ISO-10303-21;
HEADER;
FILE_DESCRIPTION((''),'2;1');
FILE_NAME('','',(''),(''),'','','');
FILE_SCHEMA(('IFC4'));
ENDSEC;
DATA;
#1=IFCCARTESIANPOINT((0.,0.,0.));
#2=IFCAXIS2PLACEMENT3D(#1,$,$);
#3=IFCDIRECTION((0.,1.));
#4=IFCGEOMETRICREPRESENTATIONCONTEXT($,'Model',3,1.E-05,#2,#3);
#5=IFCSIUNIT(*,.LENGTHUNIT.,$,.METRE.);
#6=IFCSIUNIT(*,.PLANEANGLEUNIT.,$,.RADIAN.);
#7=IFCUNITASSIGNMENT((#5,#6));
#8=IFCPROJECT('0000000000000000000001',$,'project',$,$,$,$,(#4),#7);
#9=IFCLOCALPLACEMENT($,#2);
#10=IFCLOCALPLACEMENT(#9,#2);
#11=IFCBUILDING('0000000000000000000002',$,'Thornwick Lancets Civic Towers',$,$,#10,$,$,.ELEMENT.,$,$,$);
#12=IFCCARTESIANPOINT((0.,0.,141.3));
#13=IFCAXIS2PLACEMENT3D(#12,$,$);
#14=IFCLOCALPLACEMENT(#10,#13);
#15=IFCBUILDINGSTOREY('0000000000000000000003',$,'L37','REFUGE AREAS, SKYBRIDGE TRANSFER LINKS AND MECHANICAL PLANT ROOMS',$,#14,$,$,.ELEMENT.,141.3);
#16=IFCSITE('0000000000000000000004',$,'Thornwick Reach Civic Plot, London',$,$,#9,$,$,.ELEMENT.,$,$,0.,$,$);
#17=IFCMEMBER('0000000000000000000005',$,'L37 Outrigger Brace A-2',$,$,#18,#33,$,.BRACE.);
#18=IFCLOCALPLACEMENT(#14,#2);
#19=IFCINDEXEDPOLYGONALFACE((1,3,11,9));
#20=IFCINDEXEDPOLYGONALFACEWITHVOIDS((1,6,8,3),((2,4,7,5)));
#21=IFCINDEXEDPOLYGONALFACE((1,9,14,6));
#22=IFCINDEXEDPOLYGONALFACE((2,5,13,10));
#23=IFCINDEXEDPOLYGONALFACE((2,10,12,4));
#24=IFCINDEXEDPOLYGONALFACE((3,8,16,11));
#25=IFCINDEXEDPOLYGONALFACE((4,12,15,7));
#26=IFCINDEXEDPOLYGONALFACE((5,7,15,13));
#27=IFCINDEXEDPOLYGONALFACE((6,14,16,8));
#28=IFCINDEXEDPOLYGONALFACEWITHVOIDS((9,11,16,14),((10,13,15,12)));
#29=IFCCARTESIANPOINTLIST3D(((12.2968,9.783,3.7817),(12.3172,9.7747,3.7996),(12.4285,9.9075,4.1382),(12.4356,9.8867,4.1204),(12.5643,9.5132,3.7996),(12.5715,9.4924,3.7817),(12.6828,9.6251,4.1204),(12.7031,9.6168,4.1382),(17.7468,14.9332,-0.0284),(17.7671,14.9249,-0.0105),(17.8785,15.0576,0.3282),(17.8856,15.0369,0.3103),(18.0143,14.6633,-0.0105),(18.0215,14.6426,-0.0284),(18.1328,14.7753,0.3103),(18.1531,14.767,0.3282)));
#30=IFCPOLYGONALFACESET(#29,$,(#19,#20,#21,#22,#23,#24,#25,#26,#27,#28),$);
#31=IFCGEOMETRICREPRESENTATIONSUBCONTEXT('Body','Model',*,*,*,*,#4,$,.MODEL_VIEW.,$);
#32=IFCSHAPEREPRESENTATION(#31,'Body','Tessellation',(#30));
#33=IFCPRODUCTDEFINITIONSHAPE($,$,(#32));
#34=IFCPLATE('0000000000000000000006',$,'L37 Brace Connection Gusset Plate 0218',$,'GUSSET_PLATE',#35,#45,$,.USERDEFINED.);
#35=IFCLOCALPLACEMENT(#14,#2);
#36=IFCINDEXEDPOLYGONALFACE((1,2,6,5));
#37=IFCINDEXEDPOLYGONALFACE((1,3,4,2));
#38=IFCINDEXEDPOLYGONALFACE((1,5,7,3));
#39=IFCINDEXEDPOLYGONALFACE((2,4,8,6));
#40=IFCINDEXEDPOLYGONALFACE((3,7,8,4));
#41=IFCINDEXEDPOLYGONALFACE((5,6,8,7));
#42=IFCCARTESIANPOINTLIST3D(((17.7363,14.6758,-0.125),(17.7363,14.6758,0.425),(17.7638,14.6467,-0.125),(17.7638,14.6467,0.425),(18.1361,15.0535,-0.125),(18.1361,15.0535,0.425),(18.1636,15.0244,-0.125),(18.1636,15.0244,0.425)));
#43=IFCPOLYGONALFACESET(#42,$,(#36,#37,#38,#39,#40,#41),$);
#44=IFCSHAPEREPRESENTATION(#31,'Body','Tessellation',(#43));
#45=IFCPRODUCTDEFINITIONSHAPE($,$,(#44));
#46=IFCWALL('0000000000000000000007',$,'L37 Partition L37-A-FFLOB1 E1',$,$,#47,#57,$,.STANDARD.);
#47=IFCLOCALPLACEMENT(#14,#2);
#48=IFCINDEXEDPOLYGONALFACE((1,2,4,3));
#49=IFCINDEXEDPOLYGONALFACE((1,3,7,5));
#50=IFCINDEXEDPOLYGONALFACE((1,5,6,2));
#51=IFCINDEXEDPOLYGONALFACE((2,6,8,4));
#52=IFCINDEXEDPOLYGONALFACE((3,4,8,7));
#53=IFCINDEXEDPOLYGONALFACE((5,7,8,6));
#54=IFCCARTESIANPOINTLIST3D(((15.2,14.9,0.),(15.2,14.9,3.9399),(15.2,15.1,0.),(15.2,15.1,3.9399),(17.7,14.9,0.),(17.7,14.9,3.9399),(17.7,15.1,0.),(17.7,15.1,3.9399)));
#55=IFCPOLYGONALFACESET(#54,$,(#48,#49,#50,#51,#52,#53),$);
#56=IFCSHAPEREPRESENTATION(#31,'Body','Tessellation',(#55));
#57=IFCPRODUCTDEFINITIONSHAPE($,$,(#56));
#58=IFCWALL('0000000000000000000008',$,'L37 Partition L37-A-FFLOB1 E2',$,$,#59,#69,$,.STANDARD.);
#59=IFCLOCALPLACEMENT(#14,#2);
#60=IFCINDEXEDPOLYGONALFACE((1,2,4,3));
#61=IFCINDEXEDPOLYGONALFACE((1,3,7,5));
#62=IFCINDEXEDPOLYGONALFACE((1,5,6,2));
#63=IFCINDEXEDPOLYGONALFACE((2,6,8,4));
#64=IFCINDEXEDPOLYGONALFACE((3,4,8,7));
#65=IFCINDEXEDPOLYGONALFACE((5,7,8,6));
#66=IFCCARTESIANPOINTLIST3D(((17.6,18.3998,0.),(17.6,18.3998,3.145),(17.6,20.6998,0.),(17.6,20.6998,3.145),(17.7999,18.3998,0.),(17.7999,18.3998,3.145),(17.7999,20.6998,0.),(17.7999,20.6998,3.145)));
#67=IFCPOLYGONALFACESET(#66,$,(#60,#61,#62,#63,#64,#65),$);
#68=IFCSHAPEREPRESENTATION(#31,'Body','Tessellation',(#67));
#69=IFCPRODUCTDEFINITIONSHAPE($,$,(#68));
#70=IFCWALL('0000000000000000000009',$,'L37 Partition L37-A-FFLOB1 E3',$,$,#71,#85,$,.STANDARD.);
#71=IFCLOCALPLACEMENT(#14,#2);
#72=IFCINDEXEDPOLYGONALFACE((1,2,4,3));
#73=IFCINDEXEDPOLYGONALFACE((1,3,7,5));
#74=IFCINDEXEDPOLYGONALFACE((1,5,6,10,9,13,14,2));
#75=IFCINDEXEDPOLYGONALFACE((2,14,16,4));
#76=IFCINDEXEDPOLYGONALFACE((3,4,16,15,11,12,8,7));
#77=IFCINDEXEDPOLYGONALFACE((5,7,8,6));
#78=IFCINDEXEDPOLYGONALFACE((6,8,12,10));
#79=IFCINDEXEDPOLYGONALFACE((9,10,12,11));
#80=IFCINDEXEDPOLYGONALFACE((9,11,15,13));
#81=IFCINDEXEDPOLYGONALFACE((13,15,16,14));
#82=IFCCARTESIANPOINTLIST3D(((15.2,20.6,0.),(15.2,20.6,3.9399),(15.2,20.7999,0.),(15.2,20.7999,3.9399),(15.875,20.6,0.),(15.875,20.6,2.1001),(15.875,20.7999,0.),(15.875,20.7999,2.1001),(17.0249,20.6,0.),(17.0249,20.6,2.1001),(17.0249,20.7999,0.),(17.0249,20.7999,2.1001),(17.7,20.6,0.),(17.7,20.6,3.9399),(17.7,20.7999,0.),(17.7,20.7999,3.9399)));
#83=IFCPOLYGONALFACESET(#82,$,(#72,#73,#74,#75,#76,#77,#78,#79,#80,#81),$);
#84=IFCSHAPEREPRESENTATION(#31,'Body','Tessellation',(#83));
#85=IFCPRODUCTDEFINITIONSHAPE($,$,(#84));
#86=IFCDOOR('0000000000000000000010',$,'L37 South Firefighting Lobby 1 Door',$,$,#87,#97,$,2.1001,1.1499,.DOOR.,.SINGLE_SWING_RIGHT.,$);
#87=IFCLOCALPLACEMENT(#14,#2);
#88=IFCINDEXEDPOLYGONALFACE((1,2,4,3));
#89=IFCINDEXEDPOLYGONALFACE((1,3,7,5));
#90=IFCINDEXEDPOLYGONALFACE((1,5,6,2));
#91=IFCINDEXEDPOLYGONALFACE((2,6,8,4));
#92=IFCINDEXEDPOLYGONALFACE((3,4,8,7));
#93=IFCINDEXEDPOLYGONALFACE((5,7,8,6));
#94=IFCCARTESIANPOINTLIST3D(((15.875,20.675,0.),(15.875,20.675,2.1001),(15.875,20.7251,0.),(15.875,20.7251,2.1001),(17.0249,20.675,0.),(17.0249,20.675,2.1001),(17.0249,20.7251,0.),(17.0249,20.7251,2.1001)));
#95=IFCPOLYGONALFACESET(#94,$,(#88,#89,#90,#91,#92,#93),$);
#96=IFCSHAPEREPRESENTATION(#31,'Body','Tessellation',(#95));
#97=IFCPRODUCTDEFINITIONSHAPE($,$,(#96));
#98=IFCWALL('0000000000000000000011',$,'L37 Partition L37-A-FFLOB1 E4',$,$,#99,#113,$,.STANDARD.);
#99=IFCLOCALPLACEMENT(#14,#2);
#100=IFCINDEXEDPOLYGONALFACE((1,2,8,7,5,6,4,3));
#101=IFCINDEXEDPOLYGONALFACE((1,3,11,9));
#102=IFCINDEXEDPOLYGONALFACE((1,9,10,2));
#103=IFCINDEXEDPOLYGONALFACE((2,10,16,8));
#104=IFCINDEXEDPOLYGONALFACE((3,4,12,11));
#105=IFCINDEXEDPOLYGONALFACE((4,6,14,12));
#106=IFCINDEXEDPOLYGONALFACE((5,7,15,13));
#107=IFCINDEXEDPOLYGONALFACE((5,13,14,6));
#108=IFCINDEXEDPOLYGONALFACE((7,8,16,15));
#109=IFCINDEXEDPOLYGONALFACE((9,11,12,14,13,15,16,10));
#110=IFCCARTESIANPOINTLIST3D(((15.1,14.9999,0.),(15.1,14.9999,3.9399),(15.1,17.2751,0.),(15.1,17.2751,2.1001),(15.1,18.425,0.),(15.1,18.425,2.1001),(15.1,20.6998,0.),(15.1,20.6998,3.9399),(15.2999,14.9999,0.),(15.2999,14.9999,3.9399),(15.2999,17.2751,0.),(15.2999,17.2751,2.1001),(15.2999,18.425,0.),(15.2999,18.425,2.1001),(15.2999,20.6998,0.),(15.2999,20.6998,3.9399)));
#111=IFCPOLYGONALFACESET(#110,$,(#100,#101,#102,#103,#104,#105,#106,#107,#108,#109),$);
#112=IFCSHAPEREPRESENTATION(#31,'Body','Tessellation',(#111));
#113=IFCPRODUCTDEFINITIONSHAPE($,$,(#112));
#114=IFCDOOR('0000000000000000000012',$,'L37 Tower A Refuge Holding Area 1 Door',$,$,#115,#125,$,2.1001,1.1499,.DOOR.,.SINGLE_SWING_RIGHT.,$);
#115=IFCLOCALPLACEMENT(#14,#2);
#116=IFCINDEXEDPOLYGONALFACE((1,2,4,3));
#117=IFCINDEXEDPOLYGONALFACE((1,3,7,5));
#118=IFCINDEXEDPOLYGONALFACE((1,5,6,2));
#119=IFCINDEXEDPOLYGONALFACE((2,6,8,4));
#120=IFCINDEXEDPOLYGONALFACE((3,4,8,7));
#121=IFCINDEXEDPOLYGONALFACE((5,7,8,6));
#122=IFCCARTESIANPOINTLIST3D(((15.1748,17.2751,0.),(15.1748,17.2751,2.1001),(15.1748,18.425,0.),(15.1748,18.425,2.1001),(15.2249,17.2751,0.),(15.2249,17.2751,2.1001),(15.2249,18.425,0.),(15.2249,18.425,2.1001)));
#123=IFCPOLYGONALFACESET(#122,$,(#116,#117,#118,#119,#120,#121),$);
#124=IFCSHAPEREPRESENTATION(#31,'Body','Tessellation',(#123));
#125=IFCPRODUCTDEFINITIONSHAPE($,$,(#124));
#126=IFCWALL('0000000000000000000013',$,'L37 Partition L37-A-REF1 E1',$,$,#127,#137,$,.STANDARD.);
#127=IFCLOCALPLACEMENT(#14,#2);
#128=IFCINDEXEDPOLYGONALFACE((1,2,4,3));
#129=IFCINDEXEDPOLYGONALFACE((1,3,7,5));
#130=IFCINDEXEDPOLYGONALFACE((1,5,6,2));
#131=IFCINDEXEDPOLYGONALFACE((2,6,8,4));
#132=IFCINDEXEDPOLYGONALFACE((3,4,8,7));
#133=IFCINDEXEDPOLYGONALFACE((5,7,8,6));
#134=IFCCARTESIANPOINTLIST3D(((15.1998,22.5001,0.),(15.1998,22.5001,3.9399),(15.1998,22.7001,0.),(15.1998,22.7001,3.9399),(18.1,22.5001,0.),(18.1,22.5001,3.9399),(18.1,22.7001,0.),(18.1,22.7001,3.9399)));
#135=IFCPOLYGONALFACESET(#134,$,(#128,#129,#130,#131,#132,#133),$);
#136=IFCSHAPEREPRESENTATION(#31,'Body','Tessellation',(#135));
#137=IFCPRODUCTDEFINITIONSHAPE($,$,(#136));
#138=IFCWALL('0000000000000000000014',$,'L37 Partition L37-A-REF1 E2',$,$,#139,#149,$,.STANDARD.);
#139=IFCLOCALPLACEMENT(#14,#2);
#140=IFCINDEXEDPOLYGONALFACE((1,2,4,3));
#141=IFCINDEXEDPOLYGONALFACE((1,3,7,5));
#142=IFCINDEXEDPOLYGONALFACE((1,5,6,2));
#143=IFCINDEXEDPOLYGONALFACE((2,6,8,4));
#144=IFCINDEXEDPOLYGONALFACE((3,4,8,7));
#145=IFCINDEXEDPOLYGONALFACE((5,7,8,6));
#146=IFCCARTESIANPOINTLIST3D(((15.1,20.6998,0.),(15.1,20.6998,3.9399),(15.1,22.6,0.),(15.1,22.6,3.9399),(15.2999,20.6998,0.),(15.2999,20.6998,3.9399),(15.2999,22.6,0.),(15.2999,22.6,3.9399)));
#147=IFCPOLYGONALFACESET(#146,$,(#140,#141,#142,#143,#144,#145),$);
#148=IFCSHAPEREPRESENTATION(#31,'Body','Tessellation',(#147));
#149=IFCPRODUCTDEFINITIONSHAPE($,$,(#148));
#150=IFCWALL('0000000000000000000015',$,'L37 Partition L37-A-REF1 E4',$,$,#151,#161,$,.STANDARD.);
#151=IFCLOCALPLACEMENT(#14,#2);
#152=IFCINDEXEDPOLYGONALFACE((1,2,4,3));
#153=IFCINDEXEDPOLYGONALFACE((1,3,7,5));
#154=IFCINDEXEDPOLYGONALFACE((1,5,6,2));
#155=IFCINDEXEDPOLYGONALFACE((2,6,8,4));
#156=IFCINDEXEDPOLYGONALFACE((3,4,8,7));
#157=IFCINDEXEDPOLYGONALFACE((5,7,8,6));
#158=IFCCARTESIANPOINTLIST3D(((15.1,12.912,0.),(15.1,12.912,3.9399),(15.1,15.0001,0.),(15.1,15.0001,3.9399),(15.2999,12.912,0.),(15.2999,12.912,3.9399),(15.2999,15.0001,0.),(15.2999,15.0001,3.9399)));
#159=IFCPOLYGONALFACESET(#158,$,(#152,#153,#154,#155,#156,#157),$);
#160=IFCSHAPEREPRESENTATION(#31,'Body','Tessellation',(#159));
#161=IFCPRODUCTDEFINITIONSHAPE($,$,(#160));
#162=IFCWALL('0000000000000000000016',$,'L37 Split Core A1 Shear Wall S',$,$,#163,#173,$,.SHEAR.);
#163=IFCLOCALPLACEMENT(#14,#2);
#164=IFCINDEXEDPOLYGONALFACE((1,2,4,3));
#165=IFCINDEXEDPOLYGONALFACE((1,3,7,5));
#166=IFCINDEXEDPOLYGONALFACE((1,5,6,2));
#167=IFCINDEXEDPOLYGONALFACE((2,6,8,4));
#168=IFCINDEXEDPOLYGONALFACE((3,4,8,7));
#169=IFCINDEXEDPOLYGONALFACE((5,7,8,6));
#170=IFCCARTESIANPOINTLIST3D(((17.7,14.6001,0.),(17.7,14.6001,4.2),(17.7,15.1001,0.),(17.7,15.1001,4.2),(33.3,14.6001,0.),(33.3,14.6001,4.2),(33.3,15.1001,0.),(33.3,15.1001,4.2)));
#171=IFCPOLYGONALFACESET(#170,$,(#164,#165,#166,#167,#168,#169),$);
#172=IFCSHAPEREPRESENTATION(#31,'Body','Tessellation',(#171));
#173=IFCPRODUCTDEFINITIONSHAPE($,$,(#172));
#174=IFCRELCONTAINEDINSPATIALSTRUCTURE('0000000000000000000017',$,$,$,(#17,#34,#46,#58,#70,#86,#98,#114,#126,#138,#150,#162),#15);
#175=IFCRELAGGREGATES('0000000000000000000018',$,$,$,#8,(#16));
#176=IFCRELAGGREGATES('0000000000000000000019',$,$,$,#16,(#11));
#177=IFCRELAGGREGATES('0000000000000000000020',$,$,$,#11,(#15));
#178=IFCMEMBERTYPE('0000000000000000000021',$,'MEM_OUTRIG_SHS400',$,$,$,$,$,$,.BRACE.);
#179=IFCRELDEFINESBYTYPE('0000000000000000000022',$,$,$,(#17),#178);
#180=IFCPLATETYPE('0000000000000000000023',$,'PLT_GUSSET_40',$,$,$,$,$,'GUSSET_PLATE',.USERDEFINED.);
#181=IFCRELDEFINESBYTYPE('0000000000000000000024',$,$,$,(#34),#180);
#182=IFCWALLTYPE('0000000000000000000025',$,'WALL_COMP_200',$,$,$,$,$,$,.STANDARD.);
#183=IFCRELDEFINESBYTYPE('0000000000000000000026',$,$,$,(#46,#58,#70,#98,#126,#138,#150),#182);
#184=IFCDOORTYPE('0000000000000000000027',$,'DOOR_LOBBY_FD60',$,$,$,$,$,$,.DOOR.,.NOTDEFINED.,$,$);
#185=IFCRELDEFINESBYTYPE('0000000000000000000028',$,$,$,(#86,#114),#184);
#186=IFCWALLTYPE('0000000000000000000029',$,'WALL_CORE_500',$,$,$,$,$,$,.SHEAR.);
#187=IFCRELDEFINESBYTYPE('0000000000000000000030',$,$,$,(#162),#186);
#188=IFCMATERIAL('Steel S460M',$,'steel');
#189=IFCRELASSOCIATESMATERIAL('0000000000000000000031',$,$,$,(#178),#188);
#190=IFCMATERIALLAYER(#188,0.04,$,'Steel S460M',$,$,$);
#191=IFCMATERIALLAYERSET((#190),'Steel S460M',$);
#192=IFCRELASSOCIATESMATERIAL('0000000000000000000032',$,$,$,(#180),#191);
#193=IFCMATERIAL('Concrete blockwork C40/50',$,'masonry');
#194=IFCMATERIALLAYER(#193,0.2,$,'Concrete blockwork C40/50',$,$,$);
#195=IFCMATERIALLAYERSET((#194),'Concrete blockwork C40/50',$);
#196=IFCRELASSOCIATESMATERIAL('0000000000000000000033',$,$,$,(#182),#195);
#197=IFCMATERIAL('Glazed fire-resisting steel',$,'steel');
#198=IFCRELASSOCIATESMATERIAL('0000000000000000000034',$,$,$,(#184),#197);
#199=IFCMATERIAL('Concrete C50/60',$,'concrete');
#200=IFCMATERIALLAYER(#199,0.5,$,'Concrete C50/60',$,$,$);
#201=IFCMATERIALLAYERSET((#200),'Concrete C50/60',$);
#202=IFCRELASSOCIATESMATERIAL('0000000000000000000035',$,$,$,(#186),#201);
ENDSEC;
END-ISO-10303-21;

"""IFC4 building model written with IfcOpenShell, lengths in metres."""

from ifc_helpers import new_model, si_unit, direction, frame, frame_2d, origin, origin_2d, place, context, subcontext, project, spatial, rectangle, hollow_rectangle, extrude, material, layer, layer_set, material_profile, profile_set, type_object, element, fill, save


model = new_model("IFC4")

# Units and contexts
model_context = context("Model", 3, precision=1e-05, world=origin(), true_north=direction((0.0, 1.0)))
body_context = subcontext(model_context, "Body", "Model", "MODEL_VIEW")
ifc_project = project(units=[si_unit("LENGTHUNIT", "METRE"), si_unit("PLANEANGLEUNIT", "RADIAN")], contexts=[model_context])

# Site, building, storey
site_placement = place(None, origin())
site = spatial("IfcSite", under=ifc_project, at=site_placement, Name="Thornwick Reach Civic Plot, London", CompositionType="ELEMENT", RefElevation=0.0)
building_placement = place(site_placement, origin())
building = spatial("IfcBuilding", under=site, at=building_placement, Name="Thornwick Lancets Civic Towers", CompositionType="ELEMENT")
storey_placement = place(building_placement, frame((0.0, 0.0, 141.3)))
storey = spatial("IfcBuildingStorey", under=building, at=storey_placement, Name="L37", Description="REFUGE AREAS, SKYBRIDGE TRANSFER LINKS AND MECHANICAL PLANT ROOMS", CompositionType="ELEMENT", Elevation=141.3)

# Shared definitions
ifc_material_1 = material(Name="Steel S460M", Category="steel")

# Member
ifc_material_profile_1 = material_profile(ifc_material_1, hollow_rectangle(XDim=0.3999, YDim=0.3999, WallThickness=0.02, at=origin_2d()), Name="SHS 400x400x20")
ifc_profile_set_1 = profile_set([ifc_material_profile_1], Name="Steel S460M")
member_type = type_object("IfcMemberType", Name="MEM_OUTRIG_SHS400", PredefinedType="BRACE", material=ifc_profile_set_1)
member_placement = place(storey_placement, frame((17.95, 14.8501, 0.1499), z_axis=(-0.647966, -0.612321, 0.452993), x_axis=(0.686833, -0.726815, 0.0)))
element("IfcMember", 1, at=member_placement, inside=storey, type_object=member_type, Name="L37 Outrigger Brace A-2", PredefinedType="BRACE", context=body_context, shape_type="SweptSolid", body=[
    extrude(hollow_rectangle(XDim=0.3999, YDim=0.3999, WallThickness=0.02, at=origin_2d()), origin(), (0.0, 0.0, 1.0), 8.4109),
])

# Plate
ifc_layer_1 = layer(ifc_material_1, 0.04, Name="Steel S460M")
ifc_layer_set_1 = layer_set([ifc_layer_1], Name="Steel S460M")
plate_type = type_object("IfcPlateType", Name="PLT_GUSSET_40", ElementType="GUSSET_PLATE", PredefinedType="USERDEFINED", material=ifc_layer_set_1)
plate_placement = place(storey_placement, frame((17.95, 14.8501, -0.125), z_axis=(0.0, 0.0, 1.0), x_axis=(-0.726814, -0.686834, 0.0)))
element("IfcPlate", 2, at=plate_placement, inside=storey, type_object=plate_type, Name="L37 Brace Connection Gusset Plate 0218", ObjectType="GUSSET_PLATE", PredefinedType="USERDEFINED", context=body_context, shape_type="SweptSolid", body=[
    extrude(rectangle(XDim=0.55, YDim=0.04, at=origin_2d()), origin(), (0.0, 0.0, 1.0), 0.55),
])

# Walls
ifc_material_2 = material(Name="Concrete blockwork C40/50", Category="masonry")
ifc_layer_2 = layer(ifc_material_2, 0.2, Name="Concrete blockwork C40/50")
ifc_layer_set_2 = layer_set([ifc_layer_2], Name="Concrete blockwork C40/50")
wall_type_1 = type_object("IfcWallType", Name="WALL_COMP_200", PredefinedType="STANDARD", material=ifc_layer_set_2)
wall_1_placement = place(storey_placement, frame((15.2, 15.0, 0.0), z_axis=(0.0, 0.0, 1.0), x_axis=(1.0, 0.0, 0.0)))
element("IfcWall", 3, at=wall_1_placement, inside=storey, type_object=wall_type_1, Name="L37 Partition L37-A-FFLOB1 E1", PredefinedType="STANDARD", context=body_context, shape_type="SweptSolid", body=[
    extrude(rectangle(XDim=2.5, YDim=0.2, at=frame_2d((1.25, 0.0))), origin(), (0.0, 0.0, 1.0), 3.9399),
])
wall_2_placement = place(storey_placement, frame((17.7, 18.3999, 0.0), z_axis=(0.0, 0.0, 1.0), x_axis=(0.0, 1.0, 0.0)))
element("IfcWall", 4, at=wall_2_placement, inside=storey, type_object=wall_type_1, Name="L37 Partition L37-A-FFLOB1 E2", PredefinedType="STANDARD", context=body_context, shape_type="SweptSolid", body=[
    extrude(rectangle(XDim=2.3, YDim=0.2, at=frame_2d((1.1499, 0.0))), origin(), (0.0, 0.0, 1.0), 3.145),
])

# Walls, openings, doors
wall_3_placement = place(storey_placement, frame((17.7, 20.7, 0.0), z_axis=(0.0, 0.0, 1.0), x_axis=(-1.0, 0.0, 0.0)))
wall_3 = element("IfcWall", 5, at=wall_3_placement, inside=storey, type_object=wall_type_1, Name="L37 Partition L37-A-FFLOB1 E3", PredefinedType="STANDARD", context=body_context, shape_type="SweptSolid", body=[
    extrude(rectangle(XDim=2.5, YDim=0.2, at=frame_2d((1.25, 0.0))), origin(), (0.0, 0.0, 1.0), 3.9399),
])
opening_1_placement = place(wall_3_placement, frame((0.675, 0.0, 0.0)))
opening_1 = element("IfcOpeningElement", 6, at=opening_1_placement, cuts=wall_3, PredefinedType="OPENING", context=body_context, shape_type="SweptSolid", body=[
    extrude(rectangle(XDim=1.1499, YDim=2.1001, at=frame_2d((0.575, 1.05))), frame((0.0, 0.1099, 0.0), z_axis=(0.0, -1.0, 0.0), x_axis=(1.0, 0.0, 0.0)), (0.0, 0.0, 1.0), 0.22),
])
ifc_material_3 = material(Name="Glazed fire-resisting steel", Category="steel")
door_type_1 = type_object("IfcDoorType", Name="DOOR_LOBBY_FD60", OperationType="NOTDEFINED", PredefinedType="DOOR", material=ifc_material_3)
door_1_placement = place(opening_1_placement, origin())
door_1 = element("IfcDoor", 7, at=door_1_placement, inside=storey, type_object=door_type_1, Name="L37 South Firefighting Lobby 1 Door", OperationType="SINGLE_SWING_RIGHT", OverallHeight=2.1001, OverallWidth=1.1499, PredefinedType="DOOR", context=body_context, shape_type="SweptSolid", body=[
    extrude(rectangle(XDim=1.1499, YDim=2.1001, at=frame_2d((0.575, 1.05))), frame((0.0, 0.0249, 0.0), z_axis=(0.0, -1.0, 0.0), x_axis=(1.0, 0.0, 0.0)), (0.0, 0.0, 1.0), 0.05),
])
fill(opening_1, door_1)
wall_4_placement = place(storey_placement, frame((15.2, 20.7, 0.0), z_axis=(0.0, 0.0, 1.0), x_axis=(0.0, -1.0, 0.0)))
wall_4 = element("IfcWall", 8, at=wall_4_placement, inside=storey, type_object=wall_type_1, Name="L37 Partition L37-A-FFLOB1 E4", PredefinedType="STANDARD", context=body_context, shape_type="SweptSolid", body=[
    extrude(rectangle(XDim=5.7, YDim=0.2, at=frame_2d((2.8501, 0.0))), origin(), (0.0, 0.0, 1.0), 3.9399),
])
opening_2_placement = place(wall_4_placement, frame((2.2749, 0.0, 0.0)))
opening_2 = element("IfcOpeningElement", 9, at=opening_2_placement, cuts=wall_4, PredefinedType="OPENING", context=body_context, shape_type="SweptSolid", body=[
    extrude(rectangle(XDim=1.1499, YDim=2.1001, at=frame_2d((0.575, 1.05))), frame((0.0, 0.1099, 0.0), z_axis=(0.0, -1.0, 0.0), x_axis=(1.0, 0.0, 0.0)), (0.0, 0.0, 1.0), 0.22),
])
door_2_placement = place(opening_2_placement, origin())
door_2 = element("IfcDoor", 10, at=door_2_placement, inside=storey, type_object=door_type_1, Name="L37 Tower A Refuge Holding Area 1 Door", OperationType="SINGLE_SWING_RIGHT", OverallHeight=2.1001, OverallWidth=1.1499, PredefinedType="DOOR", context=body_context, shape_type="SweptSolid", body=[
    extrude(rectangle(XDim=1.1499, YDim=2.1001, at=frame_2d((0.575, 1.05))), frame((0.0, 0.0249, 0.0), z_axis=(0.0, -1.0, 0.0), x_axis=(1.0, 0.0, 0.0)), (0.0, 0.0, 1.0), 0.05),
])
fill(opening_2, door_2)

# Walls
wall_5_placement = place(storey_placement, frame((18.1001, 22.6001, 0.0), z_axis=(0.0, 0.0, 1.0), x_axis=(-1.0, 0.0, 0.0)))
element("IfcWall", 11, at=wall_5_placement, inside=storey, type_object=wall_type_1, Name="L37 Partition L37-A-REF1 E1", PredefinedType="STANDARD", context=body_context, shape_type="SweptSolid", body=[
    extrude(rectangle(XDim=2.9001, YDim=0.2, at=frame_2d((1.4502, 0.0))), origin(), (0.0, 0.0, 1.0), 3.9399),
])
wall_6_placement = place(storey_placement, frame((15.2, 22.6001, 0.0), z_axis=(0.0, 0.0, 1.0), x_axis=(0.0, -1.0, 0.0)))
element("IfcWall", 12, at=wall_6_placement, inside=storey, type_object=wall_type_1, Name="L37 Partition L37-A-REF1 E2", PredefinedType="STANDARD", context=body_context, shape_type="SweptSolid", body=[
    extrude(rectangle(XDim=1.9001, YDim=0.2, at=frame_2d((0.9502, 0.0))), origin(), (0.0, 0.0, 1.0), 3.9399),
])
wall_7_placement = place(storey_placement, frame((15.2, 15.0, 0.0), z_axis=(0.0, 0.0, 1.0), x_axis=(0.0, -1.0, 0.0)))
element("IfcWall", 13, at=wall_7_placement, inside=storey, type_object=wall_type_1, Name="L37 Partition L37-A-REF1 E4", PredefinedType="STANDARD", context=body_context, shape_type="SweptSolid", body=[
    extrude(rectangle(XDim=2.0881, YDim=0.2, at=frame_2d((1.0439, 0.0))), origin(), (0.0, 0.0, 1.0), 3.9399),
])
ifc_material_4 = material(Name="Concrete C50/60", Category="concrete")
ifc_layer_3 = layer(ifc_material_4, 0.5, Name="Concrete C50/60")
ifc_layer_set_3 = layer_set([ifc_layer_3], Name="Concrete C50/60")
wall_type_2 = type_object("IfcWallType", Name="WALL_CORE_500", PredefinedType="SHEAR", material=ifc_layer_set_3)
wall_8_placement = place(storey_placement, frame((17.7, 14.8501, 0.0), z_axis=(0.0, 0.0, 1.0), x_axis=(1.0, 0.0, 0.0)))
element("IfcWall", 14, at=wall_8_placement, inside=storey, type_object=wall_type_2, Name="L37 Split Core A1 Shear Wall S", PredefinedType="SHEAR", context=body_context, shape_type="SweptSolid", body=[
    extrude(rectangle(XDim=15.6001, YDim=0.5, at=frame_2d((7.8, 0.0))), origin(), (0.0, 0.0, 1.0), 4.2),
])

save(model, "model.ifc")
